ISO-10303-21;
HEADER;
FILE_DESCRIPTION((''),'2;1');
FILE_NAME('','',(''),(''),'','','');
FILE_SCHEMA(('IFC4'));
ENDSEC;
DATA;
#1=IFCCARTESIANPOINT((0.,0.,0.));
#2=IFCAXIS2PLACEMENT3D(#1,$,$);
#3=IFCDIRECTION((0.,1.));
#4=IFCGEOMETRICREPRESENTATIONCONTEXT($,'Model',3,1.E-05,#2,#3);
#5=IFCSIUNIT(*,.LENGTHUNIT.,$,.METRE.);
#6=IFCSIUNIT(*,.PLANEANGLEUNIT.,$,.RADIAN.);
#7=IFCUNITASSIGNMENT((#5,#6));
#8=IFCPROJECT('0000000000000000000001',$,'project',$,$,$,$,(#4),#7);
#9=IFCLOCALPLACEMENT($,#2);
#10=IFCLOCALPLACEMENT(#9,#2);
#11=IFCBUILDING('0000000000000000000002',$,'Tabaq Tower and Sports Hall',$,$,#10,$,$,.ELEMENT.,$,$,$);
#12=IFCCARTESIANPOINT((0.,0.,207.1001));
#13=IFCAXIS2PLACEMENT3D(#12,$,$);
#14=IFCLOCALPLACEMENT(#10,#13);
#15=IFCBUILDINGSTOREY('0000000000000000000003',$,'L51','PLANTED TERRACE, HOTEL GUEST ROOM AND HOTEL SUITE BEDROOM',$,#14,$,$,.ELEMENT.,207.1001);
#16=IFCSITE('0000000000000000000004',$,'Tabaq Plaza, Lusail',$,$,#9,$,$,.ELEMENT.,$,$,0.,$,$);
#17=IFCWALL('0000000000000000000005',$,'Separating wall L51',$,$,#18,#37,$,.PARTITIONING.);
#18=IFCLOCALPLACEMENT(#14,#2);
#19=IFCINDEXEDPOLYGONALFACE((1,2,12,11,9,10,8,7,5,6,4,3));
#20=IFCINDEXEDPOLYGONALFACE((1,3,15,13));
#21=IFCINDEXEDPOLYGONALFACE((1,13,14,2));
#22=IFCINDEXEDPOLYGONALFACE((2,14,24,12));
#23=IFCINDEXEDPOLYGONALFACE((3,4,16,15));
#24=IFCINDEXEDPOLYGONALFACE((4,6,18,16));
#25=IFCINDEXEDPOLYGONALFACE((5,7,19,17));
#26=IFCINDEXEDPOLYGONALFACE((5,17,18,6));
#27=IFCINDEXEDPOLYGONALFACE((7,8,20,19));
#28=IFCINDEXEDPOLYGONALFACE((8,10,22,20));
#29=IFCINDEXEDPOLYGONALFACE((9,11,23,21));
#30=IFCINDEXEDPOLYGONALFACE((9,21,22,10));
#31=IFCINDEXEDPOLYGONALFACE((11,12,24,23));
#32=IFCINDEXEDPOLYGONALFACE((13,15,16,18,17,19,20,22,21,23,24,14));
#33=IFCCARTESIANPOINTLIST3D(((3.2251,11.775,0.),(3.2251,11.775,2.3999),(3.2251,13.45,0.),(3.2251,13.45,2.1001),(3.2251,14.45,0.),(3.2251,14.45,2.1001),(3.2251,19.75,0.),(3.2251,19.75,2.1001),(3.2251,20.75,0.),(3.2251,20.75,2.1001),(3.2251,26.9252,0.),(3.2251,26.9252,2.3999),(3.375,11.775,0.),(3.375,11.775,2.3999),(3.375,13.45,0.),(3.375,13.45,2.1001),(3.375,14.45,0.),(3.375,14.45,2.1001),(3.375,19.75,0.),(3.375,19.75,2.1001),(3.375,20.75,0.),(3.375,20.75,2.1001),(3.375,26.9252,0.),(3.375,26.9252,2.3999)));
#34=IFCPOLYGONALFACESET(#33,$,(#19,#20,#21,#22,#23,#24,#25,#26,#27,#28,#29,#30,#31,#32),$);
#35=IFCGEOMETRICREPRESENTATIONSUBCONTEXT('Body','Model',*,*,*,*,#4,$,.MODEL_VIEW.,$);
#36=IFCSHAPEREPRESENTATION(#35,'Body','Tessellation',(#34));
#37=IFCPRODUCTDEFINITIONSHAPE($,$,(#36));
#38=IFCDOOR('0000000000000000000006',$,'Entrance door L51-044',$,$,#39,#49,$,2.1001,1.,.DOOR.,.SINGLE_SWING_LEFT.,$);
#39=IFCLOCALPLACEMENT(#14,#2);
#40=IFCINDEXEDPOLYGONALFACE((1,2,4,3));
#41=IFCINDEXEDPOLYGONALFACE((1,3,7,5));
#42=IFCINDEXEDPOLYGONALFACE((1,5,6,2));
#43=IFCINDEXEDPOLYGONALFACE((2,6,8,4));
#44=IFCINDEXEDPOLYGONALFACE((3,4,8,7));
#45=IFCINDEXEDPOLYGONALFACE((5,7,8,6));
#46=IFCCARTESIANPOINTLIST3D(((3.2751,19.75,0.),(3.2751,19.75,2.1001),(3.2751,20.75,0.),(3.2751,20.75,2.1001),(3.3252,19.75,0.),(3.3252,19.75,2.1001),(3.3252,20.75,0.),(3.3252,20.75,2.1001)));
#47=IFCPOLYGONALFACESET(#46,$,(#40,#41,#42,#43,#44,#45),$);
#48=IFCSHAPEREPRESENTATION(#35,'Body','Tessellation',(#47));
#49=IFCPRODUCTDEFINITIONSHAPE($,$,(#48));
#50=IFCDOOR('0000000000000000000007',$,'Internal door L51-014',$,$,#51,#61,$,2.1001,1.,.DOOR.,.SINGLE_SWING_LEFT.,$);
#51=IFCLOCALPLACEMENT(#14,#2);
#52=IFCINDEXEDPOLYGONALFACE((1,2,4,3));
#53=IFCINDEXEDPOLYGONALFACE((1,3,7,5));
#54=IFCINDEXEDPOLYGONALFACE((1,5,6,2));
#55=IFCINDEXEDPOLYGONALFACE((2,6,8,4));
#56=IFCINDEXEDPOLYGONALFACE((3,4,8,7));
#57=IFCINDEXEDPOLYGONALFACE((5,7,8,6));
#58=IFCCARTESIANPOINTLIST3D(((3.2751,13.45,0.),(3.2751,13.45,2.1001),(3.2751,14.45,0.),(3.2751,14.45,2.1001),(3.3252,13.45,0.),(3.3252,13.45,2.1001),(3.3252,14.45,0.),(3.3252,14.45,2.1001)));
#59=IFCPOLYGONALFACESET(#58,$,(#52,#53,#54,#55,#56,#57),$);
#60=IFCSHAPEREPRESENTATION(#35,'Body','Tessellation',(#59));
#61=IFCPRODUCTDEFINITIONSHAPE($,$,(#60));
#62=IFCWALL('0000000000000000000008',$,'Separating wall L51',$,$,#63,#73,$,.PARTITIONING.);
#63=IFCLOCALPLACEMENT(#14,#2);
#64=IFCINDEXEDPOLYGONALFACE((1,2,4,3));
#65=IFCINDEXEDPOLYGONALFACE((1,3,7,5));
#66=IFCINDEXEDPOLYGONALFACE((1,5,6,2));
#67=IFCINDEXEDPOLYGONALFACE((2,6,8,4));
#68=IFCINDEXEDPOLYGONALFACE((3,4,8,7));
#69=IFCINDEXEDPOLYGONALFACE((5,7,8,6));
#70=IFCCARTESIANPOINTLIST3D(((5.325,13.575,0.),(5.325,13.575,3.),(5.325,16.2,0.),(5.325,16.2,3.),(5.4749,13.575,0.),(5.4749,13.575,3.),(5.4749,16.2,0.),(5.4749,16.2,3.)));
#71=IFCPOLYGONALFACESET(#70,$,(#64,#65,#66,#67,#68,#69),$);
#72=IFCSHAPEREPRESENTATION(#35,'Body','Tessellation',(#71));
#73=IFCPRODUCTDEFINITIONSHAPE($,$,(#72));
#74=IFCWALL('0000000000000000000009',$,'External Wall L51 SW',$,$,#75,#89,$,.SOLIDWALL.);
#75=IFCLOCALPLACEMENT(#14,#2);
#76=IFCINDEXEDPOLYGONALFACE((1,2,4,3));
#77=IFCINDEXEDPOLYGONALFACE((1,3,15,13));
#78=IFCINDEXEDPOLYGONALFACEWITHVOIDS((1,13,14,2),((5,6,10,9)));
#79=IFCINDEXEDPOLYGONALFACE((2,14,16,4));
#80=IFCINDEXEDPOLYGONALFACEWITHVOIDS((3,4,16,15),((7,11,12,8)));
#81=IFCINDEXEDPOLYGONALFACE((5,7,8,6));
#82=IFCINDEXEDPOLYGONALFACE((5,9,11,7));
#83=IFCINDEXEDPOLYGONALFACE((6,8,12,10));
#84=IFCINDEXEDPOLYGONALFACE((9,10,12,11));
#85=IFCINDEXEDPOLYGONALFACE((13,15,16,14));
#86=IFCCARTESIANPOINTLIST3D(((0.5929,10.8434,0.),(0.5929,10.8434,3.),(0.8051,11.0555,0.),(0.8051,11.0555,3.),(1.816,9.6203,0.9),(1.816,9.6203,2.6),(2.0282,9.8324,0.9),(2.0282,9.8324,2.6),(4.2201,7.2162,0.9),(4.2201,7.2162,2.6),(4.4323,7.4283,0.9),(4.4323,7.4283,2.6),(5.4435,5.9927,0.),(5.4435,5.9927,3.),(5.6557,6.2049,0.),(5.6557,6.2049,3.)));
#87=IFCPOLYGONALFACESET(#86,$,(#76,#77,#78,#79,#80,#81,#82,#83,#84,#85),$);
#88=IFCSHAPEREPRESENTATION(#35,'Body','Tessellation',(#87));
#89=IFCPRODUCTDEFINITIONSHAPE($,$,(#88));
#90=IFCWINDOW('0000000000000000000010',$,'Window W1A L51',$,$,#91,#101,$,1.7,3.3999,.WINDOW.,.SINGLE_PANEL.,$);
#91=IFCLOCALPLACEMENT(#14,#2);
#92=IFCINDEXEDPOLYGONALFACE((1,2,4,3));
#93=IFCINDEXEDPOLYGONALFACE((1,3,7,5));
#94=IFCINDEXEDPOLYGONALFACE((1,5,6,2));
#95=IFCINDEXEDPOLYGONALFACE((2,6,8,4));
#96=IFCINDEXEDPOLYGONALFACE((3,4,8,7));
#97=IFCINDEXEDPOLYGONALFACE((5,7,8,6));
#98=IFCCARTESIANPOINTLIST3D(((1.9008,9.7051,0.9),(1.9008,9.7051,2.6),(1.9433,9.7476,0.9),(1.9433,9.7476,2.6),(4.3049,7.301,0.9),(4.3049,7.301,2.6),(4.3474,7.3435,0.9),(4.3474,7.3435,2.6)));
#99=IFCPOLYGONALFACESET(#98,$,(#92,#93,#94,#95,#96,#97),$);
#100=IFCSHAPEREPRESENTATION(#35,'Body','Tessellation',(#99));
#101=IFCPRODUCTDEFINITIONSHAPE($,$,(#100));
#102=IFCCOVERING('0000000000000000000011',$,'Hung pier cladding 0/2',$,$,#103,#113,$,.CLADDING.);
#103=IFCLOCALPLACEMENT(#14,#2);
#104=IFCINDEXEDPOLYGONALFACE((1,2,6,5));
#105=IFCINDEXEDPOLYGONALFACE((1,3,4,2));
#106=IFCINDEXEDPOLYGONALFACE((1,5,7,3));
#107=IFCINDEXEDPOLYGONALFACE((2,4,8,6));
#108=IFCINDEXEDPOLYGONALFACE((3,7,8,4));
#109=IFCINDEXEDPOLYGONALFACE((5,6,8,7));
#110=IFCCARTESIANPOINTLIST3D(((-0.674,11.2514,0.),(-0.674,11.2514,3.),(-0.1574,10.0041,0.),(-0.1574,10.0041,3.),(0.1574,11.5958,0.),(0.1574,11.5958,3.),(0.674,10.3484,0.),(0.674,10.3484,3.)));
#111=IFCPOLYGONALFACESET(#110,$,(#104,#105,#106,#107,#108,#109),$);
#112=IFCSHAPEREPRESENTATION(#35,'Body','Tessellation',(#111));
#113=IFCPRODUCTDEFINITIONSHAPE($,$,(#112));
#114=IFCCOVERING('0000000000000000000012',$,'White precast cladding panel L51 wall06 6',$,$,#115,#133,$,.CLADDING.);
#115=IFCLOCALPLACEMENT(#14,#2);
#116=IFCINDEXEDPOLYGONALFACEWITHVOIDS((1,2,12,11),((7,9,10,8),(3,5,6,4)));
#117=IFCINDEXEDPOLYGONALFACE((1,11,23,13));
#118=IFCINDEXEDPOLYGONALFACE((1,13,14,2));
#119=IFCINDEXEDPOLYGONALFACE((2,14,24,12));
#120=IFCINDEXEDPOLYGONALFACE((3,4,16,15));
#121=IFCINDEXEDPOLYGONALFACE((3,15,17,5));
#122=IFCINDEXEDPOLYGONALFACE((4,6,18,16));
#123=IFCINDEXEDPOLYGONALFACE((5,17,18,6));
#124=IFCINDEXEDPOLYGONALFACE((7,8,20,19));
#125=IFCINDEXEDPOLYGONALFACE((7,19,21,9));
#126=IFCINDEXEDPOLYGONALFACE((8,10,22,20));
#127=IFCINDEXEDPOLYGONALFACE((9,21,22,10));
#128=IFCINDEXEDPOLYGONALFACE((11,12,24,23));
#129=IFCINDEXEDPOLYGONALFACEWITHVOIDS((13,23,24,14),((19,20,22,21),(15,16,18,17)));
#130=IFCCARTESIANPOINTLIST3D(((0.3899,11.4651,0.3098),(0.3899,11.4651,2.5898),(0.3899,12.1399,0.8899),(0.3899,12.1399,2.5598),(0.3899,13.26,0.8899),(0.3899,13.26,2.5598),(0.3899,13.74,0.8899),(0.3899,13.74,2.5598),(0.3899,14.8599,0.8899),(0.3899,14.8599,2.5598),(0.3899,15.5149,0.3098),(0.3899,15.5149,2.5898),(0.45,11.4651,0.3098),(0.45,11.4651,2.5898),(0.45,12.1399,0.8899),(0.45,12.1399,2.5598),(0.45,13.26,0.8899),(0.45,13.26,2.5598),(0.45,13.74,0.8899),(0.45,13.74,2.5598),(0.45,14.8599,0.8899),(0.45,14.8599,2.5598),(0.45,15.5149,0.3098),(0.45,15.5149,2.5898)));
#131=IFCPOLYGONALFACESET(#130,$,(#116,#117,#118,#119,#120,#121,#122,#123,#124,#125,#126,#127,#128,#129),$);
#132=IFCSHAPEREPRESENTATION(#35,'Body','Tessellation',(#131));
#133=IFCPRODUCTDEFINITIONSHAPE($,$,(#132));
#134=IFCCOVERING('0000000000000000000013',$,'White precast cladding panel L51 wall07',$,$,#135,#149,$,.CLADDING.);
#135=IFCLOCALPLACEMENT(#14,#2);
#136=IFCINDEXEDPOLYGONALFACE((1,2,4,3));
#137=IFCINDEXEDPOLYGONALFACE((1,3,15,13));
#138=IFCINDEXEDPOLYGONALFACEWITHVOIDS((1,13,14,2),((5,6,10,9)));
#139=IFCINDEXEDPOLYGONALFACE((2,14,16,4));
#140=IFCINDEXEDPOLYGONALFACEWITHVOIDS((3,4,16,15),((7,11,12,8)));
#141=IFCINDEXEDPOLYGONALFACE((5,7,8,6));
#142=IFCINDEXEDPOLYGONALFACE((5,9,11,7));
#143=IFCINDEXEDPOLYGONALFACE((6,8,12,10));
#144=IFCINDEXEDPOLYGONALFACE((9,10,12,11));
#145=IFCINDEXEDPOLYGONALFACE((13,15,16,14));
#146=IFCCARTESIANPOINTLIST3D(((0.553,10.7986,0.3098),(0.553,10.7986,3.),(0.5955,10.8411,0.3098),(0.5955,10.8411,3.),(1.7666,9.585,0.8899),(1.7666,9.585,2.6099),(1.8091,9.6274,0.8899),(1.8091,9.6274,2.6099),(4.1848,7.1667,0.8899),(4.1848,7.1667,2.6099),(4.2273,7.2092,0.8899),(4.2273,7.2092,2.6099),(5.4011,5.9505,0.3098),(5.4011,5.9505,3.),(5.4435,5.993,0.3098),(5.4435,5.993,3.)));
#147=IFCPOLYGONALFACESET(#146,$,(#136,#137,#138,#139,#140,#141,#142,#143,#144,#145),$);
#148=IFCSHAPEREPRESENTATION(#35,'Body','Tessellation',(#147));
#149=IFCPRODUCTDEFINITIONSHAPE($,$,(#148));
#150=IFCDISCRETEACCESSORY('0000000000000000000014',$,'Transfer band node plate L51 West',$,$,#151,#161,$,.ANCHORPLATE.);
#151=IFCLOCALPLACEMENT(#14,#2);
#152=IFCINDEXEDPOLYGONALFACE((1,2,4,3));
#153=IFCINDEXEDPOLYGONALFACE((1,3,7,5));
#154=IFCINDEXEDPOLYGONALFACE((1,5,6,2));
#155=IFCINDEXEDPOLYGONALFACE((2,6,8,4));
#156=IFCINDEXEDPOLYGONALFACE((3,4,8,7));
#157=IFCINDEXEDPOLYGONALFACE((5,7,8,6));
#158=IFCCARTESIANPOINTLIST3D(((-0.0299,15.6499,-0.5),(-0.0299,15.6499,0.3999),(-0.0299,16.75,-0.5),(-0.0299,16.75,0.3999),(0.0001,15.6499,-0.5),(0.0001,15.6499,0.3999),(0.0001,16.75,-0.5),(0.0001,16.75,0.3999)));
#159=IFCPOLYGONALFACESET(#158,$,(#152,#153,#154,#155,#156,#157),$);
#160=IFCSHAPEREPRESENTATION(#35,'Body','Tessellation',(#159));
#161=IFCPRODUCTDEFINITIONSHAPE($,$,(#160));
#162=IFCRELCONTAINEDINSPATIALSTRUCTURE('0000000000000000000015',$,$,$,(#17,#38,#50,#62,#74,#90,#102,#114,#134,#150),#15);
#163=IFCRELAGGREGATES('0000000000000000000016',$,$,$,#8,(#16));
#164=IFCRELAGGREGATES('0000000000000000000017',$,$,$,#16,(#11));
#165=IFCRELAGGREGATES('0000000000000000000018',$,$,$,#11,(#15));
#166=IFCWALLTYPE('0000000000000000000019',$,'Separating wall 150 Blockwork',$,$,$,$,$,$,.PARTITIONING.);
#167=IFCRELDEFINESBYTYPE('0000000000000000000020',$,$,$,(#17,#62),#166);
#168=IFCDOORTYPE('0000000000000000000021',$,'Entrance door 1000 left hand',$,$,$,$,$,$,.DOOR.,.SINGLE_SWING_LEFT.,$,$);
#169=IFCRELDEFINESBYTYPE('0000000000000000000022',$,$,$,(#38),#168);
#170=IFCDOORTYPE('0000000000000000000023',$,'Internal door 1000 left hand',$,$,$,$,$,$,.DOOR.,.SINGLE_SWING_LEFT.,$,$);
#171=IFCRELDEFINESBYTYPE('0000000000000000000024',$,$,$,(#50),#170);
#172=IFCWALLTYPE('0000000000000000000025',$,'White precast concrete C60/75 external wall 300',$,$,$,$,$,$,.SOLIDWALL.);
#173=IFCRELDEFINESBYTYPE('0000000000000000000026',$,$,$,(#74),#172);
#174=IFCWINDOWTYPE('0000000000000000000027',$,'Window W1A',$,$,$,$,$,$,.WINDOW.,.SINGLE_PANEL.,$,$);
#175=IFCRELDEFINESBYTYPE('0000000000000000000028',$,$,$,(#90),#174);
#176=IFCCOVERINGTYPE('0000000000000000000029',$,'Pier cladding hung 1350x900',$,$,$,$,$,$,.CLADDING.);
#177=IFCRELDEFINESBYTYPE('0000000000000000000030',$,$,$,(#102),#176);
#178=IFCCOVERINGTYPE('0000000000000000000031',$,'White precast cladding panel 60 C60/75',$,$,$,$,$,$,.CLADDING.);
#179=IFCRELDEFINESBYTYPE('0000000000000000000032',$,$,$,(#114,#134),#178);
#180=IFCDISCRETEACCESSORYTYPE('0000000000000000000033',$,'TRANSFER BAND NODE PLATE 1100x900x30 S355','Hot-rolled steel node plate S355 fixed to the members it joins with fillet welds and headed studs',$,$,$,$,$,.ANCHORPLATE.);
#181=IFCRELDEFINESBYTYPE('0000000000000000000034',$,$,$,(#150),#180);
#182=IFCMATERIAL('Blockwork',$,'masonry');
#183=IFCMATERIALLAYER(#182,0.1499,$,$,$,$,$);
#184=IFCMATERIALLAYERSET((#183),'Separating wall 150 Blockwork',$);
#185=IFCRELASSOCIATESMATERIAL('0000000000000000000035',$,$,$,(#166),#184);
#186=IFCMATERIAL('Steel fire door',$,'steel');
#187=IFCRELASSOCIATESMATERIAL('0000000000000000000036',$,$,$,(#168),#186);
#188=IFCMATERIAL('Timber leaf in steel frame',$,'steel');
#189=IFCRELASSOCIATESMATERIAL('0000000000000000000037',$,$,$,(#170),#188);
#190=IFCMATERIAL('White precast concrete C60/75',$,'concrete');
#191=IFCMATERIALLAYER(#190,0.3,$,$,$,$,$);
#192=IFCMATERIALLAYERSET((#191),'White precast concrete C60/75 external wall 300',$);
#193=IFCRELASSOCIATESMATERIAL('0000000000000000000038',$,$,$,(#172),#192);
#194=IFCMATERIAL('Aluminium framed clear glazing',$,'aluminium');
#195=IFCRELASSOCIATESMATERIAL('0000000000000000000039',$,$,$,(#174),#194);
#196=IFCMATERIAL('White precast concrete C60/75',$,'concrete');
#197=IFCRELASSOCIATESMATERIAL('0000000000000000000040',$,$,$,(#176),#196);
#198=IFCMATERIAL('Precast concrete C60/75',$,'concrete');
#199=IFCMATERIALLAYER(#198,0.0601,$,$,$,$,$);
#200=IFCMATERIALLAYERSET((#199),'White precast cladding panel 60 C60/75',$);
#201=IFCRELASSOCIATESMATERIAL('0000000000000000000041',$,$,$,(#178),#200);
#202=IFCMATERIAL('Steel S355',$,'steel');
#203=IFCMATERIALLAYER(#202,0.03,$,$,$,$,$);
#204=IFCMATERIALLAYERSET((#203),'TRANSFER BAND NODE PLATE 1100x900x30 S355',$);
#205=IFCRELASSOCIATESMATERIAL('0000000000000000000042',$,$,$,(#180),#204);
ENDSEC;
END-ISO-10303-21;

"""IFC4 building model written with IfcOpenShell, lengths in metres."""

from ifc_helpers import new_model, si_unit, direction, frame, frame_2d, origin, origin_2d, place, context, subcontext, project, spatial, polyline, rectangle, outline, extrude, material, layer, layer_set, type_object, element, fill, save


model = new_model("IFC4")

# Units and contexts
model_context = context("Model", 3, precision=1e-05, world=origin(), true_north=direction((0.0, 1.0)))
body_context = subcontext(model_context, "Body", "Model", "MODEL_VIEW")
ifc_project = project(units=[si_unit("LENGTHUNIT", "METRE"), si_unit("PLANEANGLEUNIT", "RADIAN")], contexts=[model_context])

# Site, building, storey
site_placement = place(None, origin())
site = spatial("IfcSite", under=ifc_project, at=site_placement, Name="Tabaq Plaza, Lusail", CompositionType="ELEMENT", RefElevation=0.0)
building_placement = place(site_placement, origin())
building = spatial("IfcBuilding", under=site, at=building_placement, Name="Tabaq Tower and Sports Hall", CompositionType="ELEMENT")
storey_placement = place(building_placement, frame((0.0, 0.0, 207.1001)))
storey = spatial("IfcBuildingStorey", under=building, at=storey_placement, Name="L51", Description="PLANTED TERRACE, HOTEL GUEST ROOM AND HOTEL SUITE BEDROOM", CompositionType="ELEMENT", Elevation=207.1001)

# Wall, openings, doors
ifc_material_1 = material(Name="Blockwork", Category="masonry")
ifc_layer_1 = layer(ifc_material_1, 0.1499)
ifc_layer_set_1 = layer_set([ifc_layer_1], Name="Separating wall 150 Blockwork")
wall_type_1 = type_object("IfcWallType", Name="Separating wall 150 Blockwork", PredefinedType="PARTITIONING", material=ifc_layer_set_1)
ifc_material_2 = material(Name="Steel fire door", Category="steel")
door_type_1 = type_object("IfcDoorType", Name="Entrance door 1000 left hand", OperationType="SINGLE_SWING_LEFT", PredefinedType="DOOR", material=ifc_material_2)
wall_1_placement = place(storey_placement, frame((3.3, 11.7749, 0.0), z_axis=(0.0, 0.0, 1.0), x_axis=(0.0, 1.0, 0.0)))
wall_1 = element("IfcWall", 1, at=wall_1_placement, inside=storey, type_object=wall_type_1, Name="Separating wall L51", PredefinedType="PARTITIONING", context=body_context, shape_type="SweptSolid", body=[
    extrude(rectangle(XDim=15.1501, YDim=0.1499, at=frame_2d((7.5752, 0.0))), origin(), (0.0, 0.0, 1.0), 2.3999),
])
opening_1_placement = place(wall_1_placement, frame((1.675, 0.0, 0.0)))
opening_1 = element("IfcOpeningElement", 2, at=opening_1_placement, cuts=wall_1, PredefinedType="OPENING", context=body_context, shape_type="SweptSolid", body=[
    extrude(rectangle(XDim=1.0, YDim=2.1001, at=frame_2d((0.5, 1.05))), frame((0.0, 0.075, 0.0), z_axis=(0.0, -1.0, 0.0), x_axis=(1.0, 0.0, 0.0)), (0.0, 0.0, 1.0), 0.1499),
])
opening_2_placement = place(wall_1_placement, frame((7.9751, 0.0, 0.0)))
opening_2 = element("IfcOpeningElement", 3, at=opening_2_placement, cuts=wall_1, PredefinedType="OPENING", context=body_context, shape_type="SweptSolid", body=[
    extrude(rectangle(XDim=1.0, YDim=2.1001, at=frame_2d((0.5, 1.05))), frame((0.0, 0.075, 0.0), z_axis=(0.0, -1.0, 0.0), x_axis=(1.0, 0.0, 0.0)), (0.0, 0.0, 1.0), 0.1499),
])
door_1_placement = place(opening_2_placement, origin())
door_1 = element("IfcDoor", 4, at=door_1_placement, inside=storey, type_object=door_type_1, Name="Entrance door L51-044", OperationType="SINGLE_SWING_LEFT", OverallHeight=2.1001, OverallWidth=1.0, PredefinedType="DOOR", context=body_context, shape_type="SweptSolid", body=[
    extrude(rectangle(XDim=1.0, YDim=2.1001, at=frame_2d((0.5, 1.05))), frame((0.0, 0.0249, 0.0), z_axis=(0.0, -1.0, 0.0), x_axis=(1.0, 0.0, 0.0)), (0.0, 0.0, 1.0), 0.05),
])
fill(opening_2, door_1)
ifc_material_3 = material(Name="Timber leaf in steel frame", Category="steel")
door_type_2 = type_object("IfcDoorType", Name="Internal door 1000 left hand", OperationType="SINGLE_SWING_LEFT", PredefinedType="DOOR", material=ifc_material_3)
door_2_placement = place(opening_1_placement, origin())
door_2 = element("IfcDoor", 5, at=door_2_placement, inside=storey, type_object=door_type_2, Name="Internal door L51-014", OperationType="SINGLE_SWING_LEFT", OverallHeight=2.1001, OverallWidth=1.0, PredefinedType="DOOR", context=body_context, shape_type="SweptSolid", body=[
    extrude(rectangle(XDim=1.0, YDim=2.1001, at=frame_2d((0.5, 1.05))), frame((0.0, 0.0249, 0.0), z_axis=(0.0, -1.0, 0.0), x_axis=(1.0, 0.0, 0.0)), (0.0, 0.0, 1.0), 0.05),
])
fill(opening_1, door_2)

# Wall
wall_2_placement = place(storey_placement, frame((5.3999, 13.575, 0.0), z_axis=(0.0, 0.0, 1.0), x_axis=(0.0, 1.0, 0.0)))
element("IfcWall", 6, at=wall_2_placement, inside=storey, type_object=wall_type_1, Name="Separating wall L51", PredefinedType="PARTITIONING", context=body_context, shape_type="SweptSolid", body=[
    extrude(rectangle(XDim=2.625, YDim=0.1499, at=frame_2d((1.3125, 0.0))), origin(), (0.0, 0.0, 1.0), 3.0),
])

# Wall, opening, window
ifc_material_4 = material(Name="White precast concrete C60/75", Category="concrete")
ifc_layer_2 = layer(ifc_material_4, 0.3)
ifc_layer_set_2 = layer_set([ifc_layer_2], Name="White precast concrete C60/75 external wall 300")
wall_type_2 = type_object("IfcWallType", Name="White precast concrete C60/75 external wall 300", PredefinedType="SOLIDWALL", material=ifc_layer_set_2)
wall_3_placement = place(storey_placement, frame((0.699, 10.9495, 0.0), z_axis=(0.0, 0.0, 1.0), x_axis=(0.707107, -0.707107, 0.0)))
wall_3 = element("IfcWall", 7, at=wall_3_placement, inside=storey, type_object=wall_type_2, Name="External Wall L51 SW", PredefinedType="SOLIDWALL", context=body_context, shape_type="SweptSolid", body=[
    extrude(rectangle(XDim=6.8599, YDim=0.3, at=frame_2d((3.4299, 0.0))), origin(), (0.0, 0.0, 1.0), 3.0),
])
opening_3_placement = place(wall_3_placement, frame((1.7297, 0.0, 0.8999)))
opening_3 = element("IfcOpeningElement", 8, at=opening_3_placement, cuts=wall_3, PredefinedType="OPENING", context=body_context, shape_type="SweptSolid", body=[
    extrude(rectangle(XDim=3.3999, YDim=1.7, at=frame_2d((1.7, 0.8501))), frame((0.0, 0.1602, 0.0), z_axis=(0.0, -1.0, 0.0), x_axis=(1.0, 0.0, 0.0)), (0.0, 0.0, 1.0), 0.3201),
])
ifc_material_5 = material(Name="Aluminium framed clear glazing", Category="aluminium")
window_type = type_object("IfcWindowType", Name="Window W1A", PartitioningType="SINGLE_PANEL", PredefinedType="WINDOW", material=ifc_material_5)
window_placement = place(opening_3_placement, origin())
window = element("IfcWindow", 9, at=window_placement, inside=storey, type_object=window_type, Name="Window W1A L51", OverallHeight=1.7, OverallWidth=3.3999, PartitioningType="SINGLE_PANEL", PredefinedType="WINDOW", context=body_context, shape_type="SweptSolid", body=[
    extrude(rectangle(XDim=3.3999, YDim=1.7, at=frame_2d((1.7, 0.8501))), frame((0.0, 0.03, 0.0), z_axis=(0.0, -1.0, 0.0), x_axis=(1.0, 0.0, 0.0)), (0.0, 0.0, 1.0), 0.0601),
])
fill(opening_3, window)

# Coverings
ifc_material_6 = material(Name="White precast concrete C60/75", Category="concrete")
covering_type_1 = type_object("IfcCoveringType", Name="Pier cladding hung 1350x900", PredefinedType="CLADDING", material=ifc_material_6)
covering_1_placement = place(storey_placement, frame((-0.2583, 11.4236, 0.0), z_axis=(0.0, 0.0, 1.0), x_axis=(0.38265, -0.923893, 0.0)))
element("IfcCovering", 10, at=covering_1_placement, inside=storey, type_object=covering_type_1, Name="Hung pier cladding 0/2", PredefinedType="CLADDING", context=body_context, shape_type="SweptSolid", body=[
    extrude(rectangle(XDim=1.3501, YDim=0.8999, at=frame_2d((0.675, 0.0))), origin(), (0.0, 0.0, 1.0), 3.0),
])
ifc_material_7 = material(Name="Precast concrete C60/75", Category="concrete")
ifc_layer_3 = layer(ifc_material_7, 0.0601)
ifc_layer_set_3 = layer_set([ifc_layer_3], Name="White precast cladding panel 60 C60/75")
covering_type_2 = type_object("IfcCoveringType", Name="White precast cladding panel 60 C60/75", PredefinedType="CLADDING", material=ifc_layer_set_3)
covering_2_placement = place(storey_placement, frame((0.4199, 15.5149, 0.3098), z_axis=(0.0, 0.0, 1.0), x_axis=(0.0, -1.0, 0.0)))
element("IfcCovering", 11, at=covering_2_placement, inside=storey, type_object=covering_type_2, Name="White precast cladding panel L51 wall06 6", PredefinedType="CLADDING", context=body_context, shape_type="SweptSolid", body=[
    extrude(outline(polyline([(0.0, 0.0), (4.0498, 0.0), (4.0498, 2.28), (0.0, 2.28), (0.0, 0.0)]), holes=[polyline([(0.655, 0.5801), (0.655, 2.25), (1.7749, 2.25), (1.7749, 0.5801), (0.655, 0.5801)]), polyline([(2.2549, 0.5801), (2.2549, 2.25), (3.375, 2.25), (3.375, 0.5801), (2.2549, 0.5801)])]), frame((0.0, 0.03, 0.0), z_axis=(0.0, -1.0, 0.0), x_axis=(1.0, 0.0, 0.0)), (0.0, 0.0, 1.0), 0.0601),
])
covering_3_placement = place(storey_placement, frame((0.5742, 10.8198, 0.3098), z_axis=(0.0, 0.0, 1.0), x_axis=(0.707107, -0.707107, 0.0)))
element("IfcCovering", 12, at=covering_3_placement, inside=storey, type_object=covering_type_2, Name="White precast cladding panel L51 wall07", PredefinedType="CLADDING", context=body_context, shape_type="SweptSolid", body=[
    extrude(outline(polyline([(0.0, 0.0), (6.8562, 0.0), (6.8562, 2.6902), (0.0, 2.6902), (0.0, 0.0)]), holes=[polyline([(1.7163, 0.5801), (1.7163, 2.3), (5.1362, 2.3), (5.1362, 0.5801), (1.7163, 0.5801)])]), frame((0.0, 0.03, 0.0), z_axis=(0.0, -1.0, 0.0), x_axis=(1.0, 0.0, 0.0)), (0.0, 0.0, 1.0), 0.0601),
])

# Discrete accessory
ifc_material_8 = material(Name="Steel S355", Category="steel")
ifc_layer_4 = layer(ifc_material_8, 0.03)
ifc_layer_set_4 = layer_set([ifc_layer_4], Name="TRANSFER BAND NODE PLATE 1100x900x30 S355")
discrete_accessory_type = type_object("IfcDiscreteAccessoryType", Name="TRANSFER BAND NODE PLATE 1100x900x30 S355", Description="Hot-rolled steel node plate S355 fixed to the members it joins with fillet welds and headed studs", PredefinedType="ANCHORPLATE", material=ifc_layer_set_4)
discrete_accessory_placement = place(storey_placement, frame((-0.0149, 16.2, -0.5), z_axis=(0.0, 0.0, 1.0), x_axis=(0.0, -1.0, 0.0)))
element("IfcDiscreteAccessory", 13, at=discrete_accessory_placement, inside=storey, type_object=discrete_accessory_type, Name="Transfer band node plate L51 West", PredefinedType="ANCHORPLATE", context=body_context, shape_type="SweptSolid", body=[
    extrude(rectangle(XDim=1.1001, YDim=0.03, at=origin_2d()), origin(), (0.0, 0.0, 1.0), 0.8999),
])

save(model, "model.ifc")
